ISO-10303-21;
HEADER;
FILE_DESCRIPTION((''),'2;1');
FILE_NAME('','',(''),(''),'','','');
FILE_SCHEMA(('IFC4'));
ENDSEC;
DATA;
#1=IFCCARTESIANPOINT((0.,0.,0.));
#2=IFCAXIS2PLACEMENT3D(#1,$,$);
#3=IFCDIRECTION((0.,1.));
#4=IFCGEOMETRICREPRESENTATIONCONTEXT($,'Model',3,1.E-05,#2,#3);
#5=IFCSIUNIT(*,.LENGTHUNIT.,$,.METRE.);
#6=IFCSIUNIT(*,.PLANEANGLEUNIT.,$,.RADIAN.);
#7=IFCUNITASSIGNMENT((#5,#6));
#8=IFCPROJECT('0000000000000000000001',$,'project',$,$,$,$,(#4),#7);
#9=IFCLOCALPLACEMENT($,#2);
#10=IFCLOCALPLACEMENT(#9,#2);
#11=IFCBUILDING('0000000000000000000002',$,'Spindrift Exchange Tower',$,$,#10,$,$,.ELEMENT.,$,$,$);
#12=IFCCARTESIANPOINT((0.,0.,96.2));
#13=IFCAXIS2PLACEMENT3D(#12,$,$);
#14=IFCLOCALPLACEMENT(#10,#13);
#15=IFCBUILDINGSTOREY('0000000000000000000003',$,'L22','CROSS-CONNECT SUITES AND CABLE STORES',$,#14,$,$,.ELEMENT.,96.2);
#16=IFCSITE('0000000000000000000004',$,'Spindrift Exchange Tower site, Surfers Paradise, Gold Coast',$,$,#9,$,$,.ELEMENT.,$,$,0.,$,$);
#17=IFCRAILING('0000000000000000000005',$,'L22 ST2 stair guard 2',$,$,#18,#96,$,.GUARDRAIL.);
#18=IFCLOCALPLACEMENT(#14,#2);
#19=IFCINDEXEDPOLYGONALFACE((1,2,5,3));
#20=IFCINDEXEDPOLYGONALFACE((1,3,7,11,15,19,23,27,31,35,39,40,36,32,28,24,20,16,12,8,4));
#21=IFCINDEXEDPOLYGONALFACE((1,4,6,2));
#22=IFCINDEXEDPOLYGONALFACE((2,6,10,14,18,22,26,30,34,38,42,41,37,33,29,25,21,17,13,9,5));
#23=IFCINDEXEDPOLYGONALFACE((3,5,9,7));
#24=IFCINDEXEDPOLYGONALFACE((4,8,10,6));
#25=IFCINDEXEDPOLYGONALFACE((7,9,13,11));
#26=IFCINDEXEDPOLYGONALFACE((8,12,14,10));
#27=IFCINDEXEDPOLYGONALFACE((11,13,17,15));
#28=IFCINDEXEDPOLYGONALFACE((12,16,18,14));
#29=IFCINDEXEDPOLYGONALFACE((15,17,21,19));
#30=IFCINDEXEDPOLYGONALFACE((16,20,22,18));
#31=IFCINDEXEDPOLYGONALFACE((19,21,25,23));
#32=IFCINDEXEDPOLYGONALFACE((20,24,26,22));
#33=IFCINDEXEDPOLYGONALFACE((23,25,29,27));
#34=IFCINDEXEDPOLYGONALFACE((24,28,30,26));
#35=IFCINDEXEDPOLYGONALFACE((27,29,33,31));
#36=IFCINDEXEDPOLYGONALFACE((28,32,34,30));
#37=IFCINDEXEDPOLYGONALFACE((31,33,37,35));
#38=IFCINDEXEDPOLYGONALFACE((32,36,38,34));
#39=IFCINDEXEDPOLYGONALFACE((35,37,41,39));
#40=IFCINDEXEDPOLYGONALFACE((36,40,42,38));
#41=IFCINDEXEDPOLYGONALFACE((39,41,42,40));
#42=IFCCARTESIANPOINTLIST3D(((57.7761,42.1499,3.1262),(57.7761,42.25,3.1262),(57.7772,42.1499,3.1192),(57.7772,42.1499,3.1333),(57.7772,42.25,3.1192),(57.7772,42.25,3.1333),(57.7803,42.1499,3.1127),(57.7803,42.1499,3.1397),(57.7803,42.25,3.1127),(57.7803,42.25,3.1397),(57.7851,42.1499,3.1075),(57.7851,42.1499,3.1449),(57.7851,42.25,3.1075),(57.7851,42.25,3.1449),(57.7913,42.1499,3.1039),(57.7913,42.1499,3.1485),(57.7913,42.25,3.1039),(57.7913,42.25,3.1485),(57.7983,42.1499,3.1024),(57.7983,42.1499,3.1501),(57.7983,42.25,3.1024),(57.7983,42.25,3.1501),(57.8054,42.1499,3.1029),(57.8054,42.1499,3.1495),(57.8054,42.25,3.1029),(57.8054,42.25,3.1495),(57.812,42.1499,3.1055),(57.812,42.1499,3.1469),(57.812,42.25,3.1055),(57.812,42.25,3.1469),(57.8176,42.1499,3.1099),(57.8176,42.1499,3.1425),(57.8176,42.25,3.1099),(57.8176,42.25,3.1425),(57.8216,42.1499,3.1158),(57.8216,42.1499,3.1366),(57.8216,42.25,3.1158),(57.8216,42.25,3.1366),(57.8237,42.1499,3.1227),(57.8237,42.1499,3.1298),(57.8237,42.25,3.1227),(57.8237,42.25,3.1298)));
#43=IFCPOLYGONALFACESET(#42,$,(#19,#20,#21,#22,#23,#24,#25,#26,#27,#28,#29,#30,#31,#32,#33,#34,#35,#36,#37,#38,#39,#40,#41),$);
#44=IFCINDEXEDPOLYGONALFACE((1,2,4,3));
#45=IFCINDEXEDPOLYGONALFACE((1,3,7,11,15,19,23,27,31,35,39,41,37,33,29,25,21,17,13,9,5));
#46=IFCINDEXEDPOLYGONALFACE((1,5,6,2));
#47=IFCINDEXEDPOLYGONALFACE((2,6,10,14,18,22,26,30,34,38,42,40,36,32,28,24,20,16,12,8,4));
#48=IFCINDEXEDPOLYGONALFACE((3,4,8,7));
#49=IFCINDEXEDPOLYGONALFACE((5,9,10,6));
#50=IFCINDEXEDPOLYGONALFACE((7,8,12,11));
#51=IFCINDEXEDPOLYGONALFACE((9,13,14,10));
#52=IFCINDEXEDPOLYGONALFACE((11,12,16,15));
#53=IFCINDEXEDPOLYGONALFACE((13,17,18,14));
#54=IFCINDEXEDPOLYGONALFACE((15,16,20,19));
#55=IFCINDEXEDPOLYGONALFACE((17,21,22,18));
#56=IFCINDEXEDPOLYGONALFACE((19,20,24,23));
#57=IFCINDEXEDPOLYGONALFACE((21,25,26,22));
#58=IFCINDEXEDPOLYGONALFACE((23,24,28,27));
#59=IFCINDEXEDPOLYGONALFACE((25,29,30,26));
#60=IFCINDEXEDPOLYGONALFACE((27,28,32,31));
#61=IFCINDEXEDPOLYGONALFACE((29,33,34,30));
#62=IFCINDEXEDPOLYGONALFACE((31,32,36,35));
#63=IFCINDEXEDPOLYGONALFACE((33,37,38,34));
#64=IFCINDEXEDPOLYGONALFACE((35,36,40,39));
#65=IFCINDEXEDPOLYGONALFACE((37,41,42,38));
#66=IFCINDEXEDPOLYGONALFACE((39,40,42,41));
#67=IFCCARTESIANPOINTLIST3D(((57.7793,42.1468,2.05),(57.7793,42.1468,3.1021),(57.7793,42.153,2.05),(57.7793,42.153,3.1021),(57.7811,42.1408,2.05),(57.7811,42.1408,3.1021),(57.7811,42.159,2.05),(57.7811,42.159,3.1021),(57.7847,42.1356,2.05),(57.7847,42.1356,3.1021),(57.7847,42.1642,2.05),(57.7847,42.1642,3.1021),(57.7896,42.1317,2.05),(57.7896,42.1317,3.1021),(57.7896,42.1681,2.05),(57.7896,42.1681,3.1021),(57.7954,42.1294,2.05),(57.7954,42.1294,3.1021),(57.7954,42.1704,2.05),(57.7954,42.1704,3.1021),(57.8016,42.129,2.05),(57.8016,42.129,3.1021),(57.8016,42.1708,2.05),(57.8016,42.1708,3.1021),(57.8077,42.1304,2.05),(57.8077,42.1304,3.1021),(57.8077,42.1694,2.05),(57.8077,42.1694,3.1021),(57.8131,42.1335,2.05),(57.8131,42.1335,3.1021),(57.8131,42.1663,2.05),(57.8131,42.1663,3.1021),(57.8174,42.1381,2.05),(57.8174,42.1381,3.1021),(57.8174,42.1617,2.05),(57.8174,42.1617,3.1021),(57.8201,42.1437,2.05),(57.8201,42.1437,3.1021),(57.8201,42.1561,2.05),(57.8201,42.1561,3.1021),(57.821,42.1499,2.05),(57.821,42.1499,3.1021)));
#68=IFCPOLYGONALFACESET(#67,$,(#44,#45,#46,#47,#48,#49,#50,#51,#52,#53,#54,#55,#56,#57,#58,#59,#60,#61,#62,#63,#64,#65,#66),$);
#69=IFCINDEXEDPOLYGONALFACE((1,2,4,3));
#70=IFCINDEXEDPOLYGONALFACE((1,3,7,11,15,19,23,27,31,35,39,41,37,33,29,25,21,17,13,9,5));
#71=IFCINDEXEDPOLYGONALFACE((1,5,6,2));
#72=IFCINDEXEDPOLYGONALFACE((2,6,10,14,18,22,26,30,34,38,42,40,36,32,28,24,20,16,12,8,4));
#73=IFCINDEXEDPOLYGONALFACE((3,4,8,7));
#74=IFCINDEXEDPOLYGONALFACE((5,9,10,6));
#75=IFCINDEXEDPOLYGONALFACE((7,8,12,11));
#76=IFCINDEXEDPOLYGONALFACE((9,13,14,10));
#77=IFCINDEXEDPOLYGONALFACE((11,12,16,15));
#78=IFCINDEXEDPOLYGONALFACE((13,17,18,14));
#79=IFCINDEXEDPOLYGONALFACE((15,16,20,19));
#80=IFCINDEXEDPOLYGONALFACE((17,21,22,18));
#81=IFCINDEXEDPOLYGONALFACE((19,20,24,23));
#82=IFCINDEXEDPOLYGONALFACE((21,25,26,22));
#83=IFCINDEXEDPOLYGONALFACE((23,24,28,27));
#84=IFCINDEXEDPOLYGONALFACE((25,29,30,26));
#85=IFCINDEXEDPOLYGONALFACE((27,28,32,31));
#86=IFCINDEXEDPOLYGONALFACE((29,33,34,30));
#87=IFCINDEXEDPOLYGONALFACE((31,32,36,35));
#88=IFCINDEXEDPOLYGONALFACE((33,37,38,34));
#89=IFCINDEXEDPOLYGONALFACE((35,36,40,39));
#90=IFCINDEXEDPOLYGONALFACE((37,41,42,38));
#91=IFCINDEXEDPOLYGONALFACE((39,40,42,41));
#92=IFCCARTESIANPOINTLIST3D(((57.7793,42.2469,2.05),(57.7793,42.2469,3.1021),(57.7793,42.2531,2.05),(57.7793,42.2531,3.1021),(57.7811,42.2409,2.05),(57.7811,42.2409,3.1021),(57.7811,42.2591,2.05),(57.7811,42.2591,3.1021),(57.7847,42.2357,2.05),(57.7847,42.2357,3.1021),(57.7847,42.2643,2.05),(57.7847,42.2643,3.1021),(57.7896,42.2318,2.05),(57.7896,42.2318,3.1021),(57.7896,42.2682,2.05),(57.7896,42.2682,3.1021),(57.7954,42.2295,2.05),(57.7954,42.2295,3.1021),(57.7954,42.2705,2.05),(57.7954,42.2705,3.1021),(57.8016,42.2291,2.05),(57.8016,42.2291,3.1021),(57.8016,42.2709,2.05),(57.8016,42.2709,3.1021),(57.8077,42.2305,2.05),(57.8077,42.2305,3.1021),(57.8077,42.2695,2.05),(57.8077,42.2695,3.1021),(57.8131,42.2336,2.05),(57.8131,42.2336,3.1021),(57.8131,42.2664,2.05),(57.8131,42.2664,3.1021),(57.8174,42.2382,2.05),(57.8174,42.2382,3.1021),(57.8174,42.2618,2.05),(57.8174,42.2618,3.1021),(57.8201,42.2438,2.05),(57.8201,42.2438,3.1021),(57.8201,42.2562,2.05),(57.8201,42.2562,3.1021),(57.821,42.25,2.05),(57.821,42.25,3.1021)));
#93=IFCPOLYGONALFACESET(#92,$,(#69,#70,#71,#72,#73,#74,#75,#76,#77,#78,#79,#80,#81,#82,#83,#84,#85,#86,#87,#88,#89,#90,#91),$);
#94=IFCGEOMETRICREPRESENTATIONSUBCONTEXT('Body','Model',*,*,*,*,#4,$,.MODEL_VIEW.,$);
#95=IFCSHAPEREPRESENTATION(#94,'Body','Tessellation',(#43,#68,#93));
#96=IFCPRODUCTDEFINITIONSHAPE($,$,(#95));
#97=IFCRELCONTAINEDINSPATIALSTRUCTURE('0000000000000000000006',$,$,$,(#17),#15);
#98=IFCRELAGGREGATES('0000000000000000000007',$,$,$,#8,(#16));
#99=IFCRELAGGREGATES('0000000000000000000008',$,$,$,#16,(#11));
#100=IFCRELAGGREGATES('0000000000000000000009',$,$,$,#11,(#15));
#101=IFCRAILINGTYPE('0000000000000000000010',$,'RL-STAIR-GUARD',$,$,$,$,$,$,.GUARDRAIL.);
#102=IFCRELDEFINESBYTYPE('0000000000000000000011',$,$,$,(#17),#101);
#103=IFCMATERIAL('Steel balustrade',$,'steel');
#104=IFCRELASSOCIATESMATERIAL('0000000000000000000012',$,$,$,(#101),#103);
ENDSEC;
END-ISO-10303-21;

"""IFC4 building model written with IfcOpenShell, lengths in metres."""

from ifc_helpers import new_model, si_unit, direction, frame, origin, origin_2d, place, context, subcontext, project, spatial, circle, extrude, material, type_object, element, save


model = new_model("IFC4")

# Units and contexts
model_context = context("Model", 3, precision=1e-05, world=origin(), true_north=direction((0.0, 1.0)))
body_context = subcontext(model_context, "Body", "Model", "MODEL_VIEW")
ifc_project = project(units=[si_unit("LENGTHUNIT", "METRE"), si_unit("PLANEANGLEUNIT", "RADIAN")], contexts=[model_context])

# Site, building, storey
site_placement = place(None, origin())
site = spatial("IfcSite", under=ifc_project, at=site_placement, Name="Spindrift Exchange Tower site, Surfers Paradise, Gold Coast", CompositionType="ELEMENT", RefElevation=0.0)
building_placement = place(site_placement, origin())
building = spatial("IfcBuilding", under=site, at=building_placement, Name="Spindrift Exchange Tower", CompositionType="ELEMENT")
storey_placement = place(building_placement, frame((0.0, 0.0, 96.2)))
storey = spatial("IfcBuildingStorey", under=building, at=storey_placement, Name="L22", Description="CROSS-CONNECT SUITES AND CABLE STORES", CompositionType="ELEMENT", Elevation=96.2)

# Railing
ifc_material_1 = material(Name="Steel balustrade", Category="steel")
railing_type_1 = type_object("IfcRailingType", Name="RL-STAIR-GUARD", PredefinedType="GUARDRAIL", material=ifc_material_1)
railing_1_placement = place(storey_placement, frame((57.8, 42.1499, 2.05)))
element("IfcRailing", 1, at=railing_1_placement, inside=storey, type_object=railing_type_1, Name="L22 ST2 stair guard 2", PredefinedType="GUARDRAIL", context=body_context, shape_type="SweptSolid", body=[
    extrude(circle(Radius=0.0239, at=origin_2d()), frame((0.0, 0.0, 1.0762), z_axis=(0.0, 1.0, 0.0), x_axis=(-1.0, 0.0, 0.0)), (0.0, 0.0, 1.0), 0.1001),
    extrude(circle(Radius=0.021, at=origin_2d()), origin(), (0.0, 0.0, 1.0), 1.052),
    extrude(circle(Radius=0.021, at=origin_2d()), frame((0.0, 0.1001, 0.0)), (0.0, 0.0, 1.0), 1.052),
])

save(model, "model.ifc")
